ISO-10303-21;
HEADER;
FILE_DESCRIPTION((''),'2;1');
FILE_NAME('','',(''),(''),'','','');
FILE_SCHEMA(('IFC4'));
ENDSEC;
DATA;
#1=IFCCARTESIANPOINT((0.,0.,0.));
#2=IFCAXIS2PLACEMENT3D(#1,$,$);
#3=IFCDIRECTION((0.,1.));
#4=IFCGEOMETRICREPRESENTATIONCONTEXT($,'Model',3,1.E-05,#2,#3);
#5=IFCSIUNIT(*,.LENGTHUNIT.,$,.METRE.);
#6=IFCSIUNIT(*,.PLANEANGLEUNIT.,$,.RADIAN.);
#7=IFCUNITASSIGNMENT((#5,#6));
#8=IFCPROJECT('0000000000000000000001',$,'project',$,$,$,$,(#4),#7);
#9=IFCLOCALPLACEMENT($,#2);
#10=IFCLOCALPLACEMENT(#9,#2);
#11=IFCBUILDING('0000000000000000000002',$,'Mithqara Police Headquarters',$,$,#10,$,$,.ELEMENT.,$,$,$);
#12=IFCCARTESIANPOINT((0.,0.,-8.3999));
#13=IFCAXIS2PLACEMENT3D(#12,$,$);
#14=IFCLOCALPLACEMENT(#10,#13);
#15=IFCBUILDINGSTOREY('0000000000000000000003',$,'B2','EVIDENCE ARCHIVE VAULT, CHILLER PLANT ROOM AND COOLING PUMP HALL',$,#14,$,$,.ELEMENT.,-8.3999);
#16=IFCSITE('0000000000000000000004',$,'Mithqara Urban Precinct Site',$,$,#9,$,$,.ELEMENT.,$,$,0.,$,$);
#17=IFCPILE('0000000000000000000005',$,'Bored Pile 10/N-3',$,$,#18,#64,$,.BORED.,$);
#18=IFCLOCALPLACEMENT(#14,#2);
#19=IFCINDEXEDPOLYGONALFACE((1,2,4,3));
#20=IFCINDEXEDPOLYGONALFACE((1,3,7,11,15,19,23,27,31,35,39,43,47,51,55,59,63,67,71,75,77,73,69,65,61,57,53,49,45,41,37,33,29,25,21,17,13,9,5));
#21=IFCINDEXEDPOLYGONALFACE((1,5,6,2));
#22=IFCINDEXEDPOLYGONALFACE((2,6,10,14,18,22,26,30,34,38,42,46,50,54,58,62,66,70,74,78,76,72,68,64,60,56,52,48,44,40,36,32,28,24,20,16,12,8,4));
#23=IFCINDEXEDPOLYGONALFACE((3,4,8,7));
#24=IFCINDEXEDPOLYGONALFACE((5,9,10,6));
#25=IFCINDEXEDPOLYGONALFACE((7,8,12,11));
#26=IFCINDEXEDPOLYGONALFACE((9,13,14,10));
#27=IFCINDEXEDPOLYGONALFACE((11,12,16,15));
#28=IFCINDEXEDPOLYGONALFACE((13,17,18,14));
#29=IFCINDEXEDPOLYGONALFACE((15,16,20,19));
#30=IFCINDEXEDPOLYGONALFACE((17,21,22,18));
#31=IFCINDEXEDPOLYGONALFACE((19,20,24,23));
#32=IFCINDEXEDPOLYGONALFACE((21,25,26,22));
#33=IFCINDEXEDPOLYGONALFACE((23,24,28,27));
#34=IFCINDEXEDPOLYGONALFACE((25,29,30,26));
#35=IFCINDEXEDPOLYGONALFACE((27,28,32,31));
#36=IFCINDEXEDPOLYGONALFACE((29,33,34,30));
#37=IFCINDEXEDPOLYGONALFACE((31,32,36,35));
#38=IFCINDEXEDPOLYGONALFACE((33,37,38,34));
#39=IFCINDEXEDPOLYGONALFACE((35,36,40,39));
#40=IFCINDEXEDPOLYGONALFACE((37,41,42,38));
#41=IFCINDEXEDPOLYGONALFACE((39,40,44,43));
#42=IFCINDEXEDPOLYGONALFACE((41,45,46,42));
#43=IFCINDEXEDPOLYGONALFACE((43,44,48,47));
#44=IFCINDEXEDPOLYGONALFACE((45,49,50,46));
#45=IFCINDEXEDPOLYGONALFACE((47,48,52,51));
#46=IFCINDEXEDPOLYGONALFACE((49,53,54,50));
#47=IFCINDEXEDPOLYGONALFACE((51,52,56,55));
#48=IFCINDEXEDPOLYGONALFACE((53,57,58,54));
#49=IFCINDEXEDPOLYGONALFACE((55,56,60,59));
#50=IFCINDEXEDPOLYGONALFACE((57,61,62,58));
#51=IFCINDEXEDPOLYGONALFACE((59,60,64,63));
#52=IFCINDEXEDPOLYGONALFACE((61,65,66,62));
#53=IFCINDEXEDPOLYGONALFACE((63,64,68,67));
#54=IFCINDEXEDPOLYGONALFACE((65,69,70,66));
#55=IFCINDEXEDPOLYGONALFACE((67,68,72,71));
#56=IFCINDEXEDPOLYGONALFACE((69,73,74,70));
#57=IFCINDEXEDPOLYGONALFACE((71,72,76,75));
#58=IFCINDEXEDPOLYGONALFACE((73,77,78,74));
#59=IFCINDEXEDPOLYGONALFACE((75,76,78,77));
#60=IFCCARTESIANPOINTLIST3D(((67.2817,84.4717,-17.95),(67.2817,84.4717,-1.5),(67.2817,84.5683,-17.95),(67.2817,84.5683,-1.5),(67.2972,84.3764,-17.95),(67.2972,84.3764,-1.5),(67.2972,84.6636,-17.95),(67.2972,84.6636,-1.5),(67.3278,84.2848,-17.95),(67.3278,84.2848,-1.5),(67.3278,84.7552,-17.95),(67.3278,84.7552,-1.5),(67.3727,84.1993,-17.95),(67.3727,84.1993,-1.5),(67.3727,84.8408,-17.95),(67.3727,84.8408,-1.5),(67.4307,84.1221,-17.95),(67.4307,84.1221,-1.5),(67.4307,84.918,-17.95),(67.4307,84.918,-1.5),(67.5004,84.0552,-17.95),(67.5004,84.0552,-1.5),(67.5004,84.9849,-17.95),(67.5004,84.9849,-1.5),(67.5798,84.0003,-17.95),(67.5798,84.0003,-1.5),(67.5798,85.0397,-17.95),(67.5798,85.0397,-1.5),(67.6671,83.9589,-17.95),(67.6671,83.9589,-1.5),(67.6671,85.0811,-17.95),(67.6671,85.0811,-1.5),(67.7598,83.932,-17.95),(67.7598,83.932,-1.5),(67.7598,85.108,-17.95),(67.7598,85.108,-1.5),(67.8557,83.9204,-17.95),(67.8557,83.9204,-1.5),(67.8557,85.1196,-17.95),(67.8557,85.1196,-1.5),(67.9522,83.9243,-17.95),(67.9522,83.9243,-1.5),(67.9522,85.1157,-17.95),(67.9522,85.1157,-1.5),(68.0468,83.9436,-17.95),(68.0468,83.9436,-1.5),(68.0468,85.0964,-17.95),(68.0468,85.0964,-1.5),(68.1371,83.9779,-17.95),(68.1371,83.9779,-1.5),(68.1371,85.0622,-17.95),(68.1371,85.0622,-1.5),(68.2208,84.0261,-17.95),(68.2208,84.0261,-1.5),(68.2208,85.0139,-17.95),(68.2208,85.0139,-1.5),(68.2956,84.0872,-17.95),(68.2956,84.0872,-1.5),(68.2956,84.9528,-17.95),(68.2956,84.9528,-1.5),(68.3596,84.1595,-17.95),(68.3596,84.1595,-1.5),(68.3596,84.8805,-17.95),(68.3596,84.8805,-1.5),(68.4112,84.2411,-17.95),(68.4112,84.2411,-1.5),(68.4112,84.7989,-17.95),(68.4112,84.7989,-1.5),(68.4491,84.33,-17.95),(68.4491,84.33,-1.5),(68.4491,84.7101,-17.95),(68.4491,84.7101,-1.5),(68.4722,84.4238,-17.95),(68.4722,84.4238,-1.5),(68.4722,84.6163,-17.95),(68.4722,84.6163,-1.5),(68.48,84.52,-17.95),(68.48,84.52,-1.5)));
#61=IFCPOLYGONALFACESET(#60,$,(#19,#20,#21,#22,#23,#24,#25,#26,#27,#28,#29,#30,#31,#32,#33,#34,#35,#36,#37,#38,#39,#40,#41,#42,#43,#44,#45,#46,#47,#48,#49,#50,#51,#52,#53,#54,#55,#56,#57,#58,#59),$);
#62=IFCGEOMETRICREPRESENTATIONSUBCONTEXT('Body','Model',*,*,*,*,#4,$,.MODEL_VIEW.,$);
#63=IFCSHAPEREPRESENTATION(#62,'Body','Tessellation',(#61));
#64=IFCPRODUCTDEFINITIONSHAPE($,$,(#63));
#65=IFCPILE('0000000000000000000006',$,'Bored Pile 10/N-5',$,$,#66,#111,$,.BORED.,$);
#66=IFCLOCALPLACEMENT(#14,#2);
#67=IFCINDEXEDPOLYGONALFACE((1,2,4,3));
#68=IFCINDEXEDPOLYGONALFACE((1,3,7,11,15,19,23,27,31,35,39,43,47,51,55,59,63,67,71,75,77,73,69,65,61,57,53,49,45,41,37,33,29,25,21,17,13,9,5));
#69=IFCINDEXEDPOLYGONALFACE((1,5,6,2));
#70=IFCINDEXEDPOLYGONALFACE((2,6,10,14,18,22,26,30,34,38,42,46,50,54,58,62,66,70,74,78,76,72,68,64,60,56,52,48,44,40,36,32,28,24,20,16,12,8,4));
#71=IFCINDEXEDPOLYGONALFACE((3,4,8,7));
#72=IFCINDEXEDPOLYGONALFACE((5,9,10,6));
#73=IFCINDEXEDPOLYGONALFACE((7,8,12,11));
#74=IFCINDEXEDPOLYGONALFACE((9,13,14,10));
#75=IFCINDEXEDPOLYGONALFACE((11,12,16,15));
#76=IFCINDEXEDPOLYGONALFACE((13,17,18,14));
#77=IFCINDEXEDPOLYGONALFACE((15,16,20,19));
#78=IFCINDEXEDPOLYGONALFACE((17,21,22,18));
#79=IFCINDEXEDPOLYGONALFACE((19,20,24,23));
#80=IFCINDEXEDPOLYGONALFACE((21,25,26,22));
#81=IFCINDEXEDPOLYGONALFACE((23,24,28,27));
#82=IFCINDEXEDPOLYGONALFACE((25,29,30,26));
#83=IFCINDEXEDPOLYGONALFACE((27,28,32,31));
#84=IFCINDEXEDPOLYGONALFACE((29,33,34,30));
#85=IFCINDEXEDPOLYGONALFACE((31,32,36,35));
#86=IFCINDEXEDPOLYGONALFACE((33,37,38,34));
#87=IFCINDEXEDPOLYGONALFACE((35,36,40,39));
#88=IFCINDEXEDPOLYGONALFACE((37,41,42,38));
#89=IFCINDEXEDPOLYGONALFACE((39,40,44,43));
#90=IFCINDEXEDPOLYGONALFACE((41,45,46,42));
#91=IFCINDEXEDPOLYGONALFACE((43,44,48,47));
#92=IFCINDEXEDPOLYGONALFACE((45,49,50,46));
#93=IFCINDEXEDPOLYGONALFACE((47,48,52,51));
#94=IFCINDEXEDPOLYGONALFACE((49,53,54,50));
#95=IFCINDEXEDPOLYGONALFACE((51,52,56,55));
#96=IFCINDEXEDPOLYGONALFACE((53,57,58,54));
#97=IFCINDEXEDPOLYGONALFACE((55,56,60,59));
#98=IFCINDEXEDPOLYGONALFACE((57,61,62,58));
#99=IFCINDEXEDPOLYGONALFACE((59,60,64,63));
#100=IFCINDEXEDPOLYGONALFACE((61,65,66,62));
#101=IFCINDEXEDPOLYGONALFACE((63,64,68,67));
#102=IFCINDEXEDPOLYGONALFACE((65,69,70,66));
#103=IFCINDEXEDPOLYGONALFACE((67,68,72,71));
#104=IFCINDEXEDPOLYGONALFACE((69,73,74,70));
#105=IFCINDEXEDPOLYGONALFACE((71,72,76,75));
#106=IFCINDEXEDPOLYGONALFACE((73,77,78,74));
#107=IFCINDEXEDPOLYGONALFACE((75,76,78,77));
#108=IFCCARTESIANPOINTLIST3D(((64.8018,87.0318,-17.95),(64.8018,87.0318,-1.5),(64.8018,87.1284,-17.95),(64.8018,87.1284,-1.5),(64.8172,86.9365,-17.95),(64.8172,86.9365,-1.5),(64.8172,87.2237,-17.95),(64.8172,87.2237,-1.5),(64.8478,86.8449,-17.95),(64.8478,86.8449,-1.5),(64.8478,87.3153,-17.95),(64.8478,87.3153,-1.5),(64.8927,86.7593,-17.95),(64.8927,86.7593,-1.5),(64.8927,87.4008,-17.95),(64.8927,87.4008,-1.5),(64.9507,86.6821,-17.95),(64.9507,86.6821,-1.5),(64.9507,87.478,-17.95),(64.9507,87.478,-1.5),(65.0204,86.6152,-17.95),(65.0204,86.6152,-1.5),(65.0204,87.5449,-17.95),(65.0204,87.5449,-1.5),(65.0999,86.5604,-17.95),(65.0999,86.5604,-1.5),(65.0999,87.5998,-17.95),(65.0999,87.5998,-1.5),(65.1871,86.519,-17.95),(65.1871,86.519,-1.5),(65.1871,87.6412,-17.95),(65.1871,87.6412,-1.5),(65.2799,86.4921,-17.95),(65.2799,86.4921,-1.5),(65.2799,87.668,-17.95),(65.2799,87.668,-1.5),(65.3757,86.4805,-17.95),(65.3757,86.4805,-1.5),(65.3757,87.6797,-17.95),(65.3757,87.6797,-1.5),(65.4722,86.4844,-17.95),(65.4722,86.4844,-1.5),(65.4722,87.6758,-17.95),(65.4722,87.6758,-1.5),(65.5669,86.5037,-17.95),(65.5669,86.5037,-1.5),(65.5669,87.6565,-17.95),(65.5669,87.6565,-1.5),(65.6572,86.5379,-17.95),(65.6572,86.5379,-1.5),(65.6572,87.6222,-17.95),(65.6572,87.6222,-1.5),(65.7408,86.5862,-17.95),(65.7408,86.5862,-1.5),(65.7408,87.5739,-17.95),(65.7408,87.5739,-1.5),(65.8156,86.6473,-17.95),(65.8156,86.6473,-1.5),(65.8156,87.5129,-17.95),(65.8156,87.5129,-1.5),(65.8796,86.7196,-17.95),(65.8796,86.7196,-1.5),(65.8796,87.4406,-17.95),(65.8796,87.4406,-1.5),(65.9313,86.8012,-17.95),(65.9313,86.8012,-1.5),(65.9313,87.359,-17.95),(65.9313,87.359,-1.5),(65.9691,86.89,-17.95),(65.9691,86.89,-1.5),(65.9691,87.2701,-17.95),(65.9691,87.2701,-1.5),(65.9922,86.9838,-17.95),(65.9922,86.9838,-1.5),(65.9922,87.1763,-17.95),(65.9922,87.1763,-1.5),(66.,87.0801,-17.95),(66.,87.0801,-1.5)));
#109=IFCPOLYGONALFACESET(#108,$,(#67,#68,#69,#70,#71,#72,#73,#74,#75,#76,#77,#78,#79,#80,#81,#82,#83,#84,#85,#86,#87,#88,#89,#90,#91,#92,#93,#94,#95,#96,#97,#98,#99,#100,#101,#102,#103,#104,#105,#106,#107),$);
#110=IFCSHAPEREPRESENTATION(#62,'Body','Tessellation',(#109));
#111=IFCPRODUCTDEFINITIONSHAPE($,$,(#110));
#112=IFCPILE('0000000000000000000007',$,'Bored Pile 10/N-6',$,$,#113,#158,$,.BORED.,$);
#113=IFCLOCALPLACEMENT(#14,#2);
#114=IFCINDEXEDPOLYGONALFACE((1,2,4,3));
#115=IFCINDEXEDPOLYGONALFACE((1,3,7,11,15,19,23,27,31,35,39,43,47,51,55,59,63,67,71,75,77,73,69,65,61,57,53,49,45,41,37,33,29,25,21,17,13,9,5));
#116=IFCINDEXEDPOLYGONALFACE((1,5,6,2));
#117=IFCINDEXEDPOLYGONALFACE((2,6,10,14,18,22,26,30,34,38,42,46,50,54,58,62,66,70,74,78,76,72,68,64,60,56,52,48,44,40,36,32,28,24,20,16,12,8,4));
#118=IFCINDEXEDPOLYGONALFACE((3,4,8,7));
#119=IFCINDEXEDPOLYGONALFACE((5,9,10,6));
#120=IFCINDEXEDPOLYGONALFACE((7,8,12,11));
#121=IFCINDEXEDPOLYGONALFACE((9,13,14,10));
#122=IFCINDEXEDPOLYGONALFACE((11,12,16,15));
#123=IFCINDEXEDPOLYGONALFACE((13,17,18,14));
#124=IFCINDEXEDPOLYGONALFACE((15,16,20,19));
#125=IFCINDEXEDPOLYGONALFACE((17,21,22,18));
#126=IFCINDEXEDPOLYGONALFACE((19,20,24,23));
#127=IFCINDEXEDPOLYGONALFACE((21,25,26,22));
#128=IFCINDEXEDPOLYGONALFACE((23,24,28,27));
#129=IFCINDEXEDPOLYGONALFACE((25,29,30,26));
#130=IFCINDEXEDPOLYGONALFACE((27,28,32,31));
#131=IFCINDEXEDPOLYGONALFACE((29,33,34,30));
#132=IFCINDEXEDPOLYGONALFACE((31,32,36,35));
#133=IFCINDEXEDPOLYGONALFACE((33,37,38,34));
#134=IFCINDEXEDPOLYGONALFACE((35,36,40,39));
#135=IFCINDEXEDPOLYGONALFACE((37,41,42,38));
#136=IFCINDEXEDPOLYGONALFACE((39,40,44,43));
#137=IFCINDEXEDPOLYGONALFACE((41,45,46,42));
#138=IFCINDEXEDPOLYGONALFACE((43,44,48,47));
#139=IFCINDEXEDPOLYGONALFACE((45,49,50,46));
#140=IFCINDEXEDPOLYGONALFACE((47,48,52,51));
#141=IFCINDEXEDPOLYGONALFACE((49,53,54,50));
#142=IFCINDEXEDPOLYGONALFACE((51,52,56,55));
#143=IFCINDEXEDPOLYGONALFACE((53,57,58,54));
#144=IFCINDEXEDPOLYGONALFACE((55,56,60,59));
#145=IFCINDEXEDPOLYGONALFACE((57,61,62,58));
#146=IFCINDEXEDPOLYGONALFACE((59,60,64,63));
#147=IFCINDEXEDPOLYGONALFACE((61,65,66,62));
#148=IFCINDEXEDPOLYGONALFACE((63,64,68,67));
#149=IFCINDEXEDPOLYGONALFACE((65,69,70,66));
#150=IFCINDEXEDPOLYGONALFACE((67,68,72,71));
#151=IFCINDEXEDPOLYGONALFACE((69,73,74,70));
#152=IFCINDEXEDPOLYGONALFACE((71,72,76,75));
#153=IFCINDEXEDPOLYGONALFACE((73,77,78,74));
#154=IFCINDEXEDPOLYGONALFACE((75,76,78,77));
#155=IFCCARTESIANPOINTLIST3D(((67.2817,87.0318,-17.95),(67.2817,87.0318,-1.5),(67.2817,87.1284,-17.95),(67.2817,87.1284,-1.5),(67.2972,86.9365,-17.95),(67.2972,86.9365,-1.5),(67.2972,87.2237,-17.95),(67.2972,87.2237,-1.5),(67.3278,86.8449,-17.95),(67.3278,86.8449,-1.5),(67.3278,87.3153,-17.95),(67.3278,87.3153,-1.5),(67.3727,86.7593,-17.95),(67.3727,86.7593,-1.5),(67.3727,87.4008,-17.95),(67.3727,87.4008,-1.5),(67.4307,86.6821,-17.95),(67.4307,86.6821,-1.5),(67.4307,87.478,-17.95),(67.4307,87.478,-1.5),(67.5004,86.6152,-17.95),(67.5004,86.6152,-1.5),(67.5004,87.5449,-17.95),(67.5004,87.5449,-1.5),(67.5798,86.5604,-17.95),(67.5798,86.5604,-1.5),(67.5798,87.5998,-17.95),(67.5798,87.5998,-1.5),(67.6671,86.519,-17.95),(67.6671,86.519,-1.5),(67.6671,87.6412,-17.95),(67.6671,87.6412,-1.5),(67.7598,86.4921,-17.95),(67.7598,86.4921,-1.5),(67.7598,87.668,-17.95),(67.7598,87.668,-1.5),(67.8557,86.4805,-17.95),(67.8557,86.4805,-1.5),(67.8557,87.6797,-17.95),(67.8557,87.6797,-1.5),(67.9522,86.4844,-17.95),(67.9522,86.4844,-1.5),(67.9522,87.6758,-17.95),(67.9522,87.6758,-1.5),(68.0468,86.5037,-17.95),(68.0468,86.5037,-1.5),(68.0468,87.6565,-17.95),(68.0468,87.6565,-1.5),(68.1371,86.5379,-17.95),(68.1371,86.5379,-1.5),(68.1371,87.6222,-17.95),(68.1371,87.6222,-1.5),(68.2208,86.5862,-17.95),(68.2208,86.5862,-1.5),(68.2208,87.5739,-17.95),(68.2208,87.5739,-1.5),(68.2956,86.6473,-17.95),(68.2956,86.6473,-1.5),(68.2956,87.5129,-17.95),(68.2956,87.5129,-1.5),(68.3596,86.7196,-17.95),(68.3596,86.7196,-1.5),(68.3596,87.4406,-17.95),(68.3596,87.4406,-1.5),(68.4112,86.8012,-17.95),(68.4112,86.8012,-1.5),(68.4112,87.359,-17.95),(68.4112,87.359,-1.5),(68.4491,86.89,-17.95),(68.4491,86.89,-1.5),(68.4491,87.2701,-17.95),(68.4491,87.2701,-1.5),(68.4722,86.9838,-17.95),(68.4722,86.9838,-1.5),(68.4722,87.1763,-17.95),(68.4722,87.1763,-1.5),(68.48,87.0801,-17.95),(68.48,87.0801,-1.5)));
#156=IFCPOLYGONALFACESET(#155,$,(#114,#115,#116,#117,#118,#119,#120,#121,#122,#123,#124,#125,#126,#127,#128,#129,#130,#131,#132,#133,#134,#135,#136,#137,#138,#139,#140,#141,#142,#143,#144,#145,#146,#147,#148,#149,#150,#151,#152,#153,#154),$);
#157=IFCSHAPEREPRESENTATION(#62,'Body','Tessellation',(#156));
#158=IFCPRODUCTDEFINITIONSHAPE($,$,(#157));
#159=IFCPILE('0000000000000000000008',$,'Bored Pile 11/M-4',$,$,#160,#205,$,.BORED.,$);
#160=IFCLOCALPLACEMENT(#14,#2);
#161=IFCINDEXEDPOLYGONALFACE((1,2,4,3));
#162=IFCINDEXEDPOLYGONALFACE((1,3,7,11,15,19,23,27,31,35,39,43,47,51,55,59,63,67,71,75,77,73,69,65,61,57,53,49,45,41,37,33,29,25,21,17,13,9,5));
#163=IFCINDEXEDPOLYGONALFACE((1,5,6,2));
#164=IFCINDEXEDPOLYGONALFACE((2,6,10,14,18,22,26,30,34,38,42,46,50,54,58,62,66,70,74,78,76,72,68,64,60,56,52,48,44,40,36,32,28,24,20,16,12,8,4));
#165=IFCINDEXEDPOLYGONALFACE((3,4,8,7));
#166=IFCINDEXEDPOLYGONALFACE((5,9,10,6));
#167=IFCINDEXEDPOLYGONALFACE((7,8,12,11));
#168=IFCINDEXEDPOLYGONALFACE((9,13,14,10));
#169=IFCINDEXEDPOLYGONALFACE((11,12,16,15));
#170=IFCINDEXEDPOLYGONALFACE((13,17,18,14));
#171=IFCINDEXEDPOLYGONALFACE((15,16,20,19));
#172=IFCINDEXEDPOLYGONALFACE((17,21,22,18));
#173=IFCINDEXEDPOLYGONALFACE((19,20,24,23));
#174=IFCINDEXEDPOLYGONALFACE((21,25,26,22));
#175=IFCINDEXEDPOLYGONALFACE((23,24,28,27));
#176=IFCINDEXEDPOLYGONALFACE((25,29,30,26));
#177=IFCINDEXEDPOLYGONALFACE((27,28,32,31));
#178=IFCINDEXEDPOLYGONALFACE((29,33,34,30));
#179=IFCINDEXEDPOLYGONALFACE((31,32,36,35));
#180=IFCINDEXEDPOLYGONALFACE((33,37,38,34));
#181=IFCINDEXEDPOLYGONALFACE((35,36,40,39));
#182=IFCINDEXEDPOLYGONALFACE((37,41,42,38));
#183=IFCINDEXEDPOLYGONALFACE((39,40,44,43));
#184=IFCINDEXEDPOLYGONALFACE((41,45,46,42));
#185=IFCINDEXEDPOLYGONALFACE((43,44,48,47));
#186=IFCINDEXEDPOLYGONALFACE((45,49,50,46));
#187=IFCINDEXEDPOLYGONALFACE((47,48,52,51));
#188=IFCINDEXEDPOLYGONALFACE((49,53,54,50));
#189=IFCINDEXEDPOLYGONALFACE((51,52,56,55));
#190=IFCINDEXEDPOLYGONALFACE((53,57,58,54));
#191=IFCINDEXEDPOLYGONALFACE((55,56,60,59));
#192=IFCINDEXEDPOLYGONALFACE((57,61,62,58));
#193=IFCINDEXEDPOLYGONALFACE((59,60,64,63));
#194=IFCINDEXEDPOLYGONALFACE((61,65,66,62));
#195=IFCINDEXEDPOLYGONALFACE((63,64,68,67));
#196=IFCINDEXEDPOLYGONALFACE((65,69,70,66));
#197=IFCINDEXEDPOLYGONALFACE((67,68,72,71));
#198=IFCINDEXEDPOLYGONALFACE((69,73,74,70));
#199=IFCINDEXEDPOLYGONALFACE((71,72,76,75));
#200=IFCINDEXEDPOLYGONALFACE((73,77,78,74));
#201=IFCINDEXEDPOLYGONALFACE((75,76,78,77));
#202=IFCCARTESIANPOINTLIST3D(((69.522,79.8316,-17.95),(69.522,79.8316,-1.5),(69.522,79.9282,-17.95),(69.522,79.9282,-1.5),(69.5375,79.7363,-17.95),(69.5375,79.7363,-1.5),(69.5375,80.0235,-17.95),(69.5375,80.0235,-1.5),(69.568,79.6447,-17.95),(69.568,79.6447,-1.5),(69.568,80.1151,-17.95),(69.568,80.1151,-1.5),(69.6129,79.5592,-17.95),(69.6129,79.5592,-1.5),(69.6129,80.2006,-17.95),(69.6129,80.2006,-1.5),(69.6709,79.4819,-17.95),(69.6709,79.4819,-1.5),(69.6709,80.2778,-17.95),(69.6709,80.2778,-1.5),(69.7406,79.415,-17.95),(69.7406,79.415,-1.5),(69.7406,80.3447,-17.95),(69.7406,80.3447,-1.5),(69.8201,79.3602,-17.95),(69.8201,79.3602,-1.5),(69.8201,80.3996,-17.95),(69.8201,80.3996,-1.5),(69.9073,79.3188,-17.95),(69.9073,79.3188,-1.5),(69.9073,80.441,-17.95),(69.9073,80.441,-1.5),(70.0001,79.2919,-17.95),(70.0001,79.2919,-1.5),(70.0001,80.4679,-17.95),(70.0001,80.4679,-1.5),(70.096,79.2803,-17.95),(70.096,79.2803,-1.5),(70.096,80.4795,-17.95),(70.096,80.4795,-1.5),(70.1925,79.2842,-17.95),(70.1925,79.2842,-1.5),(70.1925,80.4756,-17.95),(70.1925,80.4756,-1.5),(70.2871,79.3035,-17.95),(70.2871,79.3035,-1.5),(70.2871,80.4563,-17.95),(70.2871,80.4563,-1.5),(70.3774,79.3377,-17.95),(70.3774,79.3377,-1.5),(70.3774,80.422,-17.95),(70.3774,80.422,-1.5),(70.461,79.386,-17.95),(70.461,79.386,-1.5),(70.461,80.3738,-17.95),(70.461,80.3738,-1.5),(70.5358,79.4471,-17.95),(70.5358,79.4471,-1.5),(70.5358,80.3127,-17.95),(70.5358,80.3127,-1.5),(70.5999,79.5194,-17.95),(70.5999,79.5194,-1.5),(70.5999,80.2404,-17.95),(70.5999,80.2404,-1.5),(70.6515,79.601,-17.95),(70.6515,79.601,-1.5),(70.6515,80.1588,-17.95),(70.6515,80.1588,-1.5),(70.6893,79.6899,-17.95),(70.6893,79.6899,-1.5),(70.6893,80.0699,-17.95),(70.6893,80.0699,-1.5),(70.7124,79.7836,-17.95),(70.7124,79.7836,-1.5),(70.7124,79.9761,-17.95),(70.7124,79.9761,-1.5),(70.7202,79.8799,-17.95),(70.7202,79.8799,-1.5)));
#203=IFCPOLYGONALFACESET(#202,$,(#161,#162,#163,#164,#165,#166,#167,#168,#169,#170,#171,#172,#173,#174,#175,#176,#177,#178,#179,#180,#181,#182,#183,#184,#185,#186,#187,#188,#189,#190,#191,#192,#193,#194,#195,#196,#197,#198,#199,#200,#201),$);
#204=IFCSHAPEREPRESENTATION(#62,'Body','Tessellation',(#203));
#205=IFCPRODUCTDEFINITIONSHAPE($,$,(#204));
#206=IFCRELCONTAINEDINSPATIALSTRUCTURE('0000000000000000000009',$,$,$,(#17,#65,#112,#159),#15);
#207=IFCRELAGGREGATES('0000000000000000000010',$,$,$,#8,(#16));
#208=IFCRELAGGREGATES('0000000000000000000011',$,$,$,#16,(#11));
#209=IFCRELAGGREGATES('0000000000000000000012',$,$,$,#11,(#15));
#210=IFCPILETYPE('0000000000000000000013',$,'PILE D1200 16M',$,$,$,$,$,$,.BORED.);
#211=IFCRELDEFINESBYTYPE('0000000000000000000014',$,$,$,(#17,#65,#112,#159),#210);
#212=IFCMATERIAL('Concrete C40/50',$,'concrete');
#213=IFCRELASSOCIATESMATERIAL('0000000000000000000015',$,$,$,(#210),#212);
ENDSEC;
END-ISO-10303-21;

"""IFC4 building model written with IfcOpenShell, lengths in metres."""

from ifc_helpers import new_model, si_unit, direction, frame, origin, origin_2d, place, context, subcontext, project, spatial, circle, extrude, material, material_profile, profile_set, type_object, element, save


model = new_model("IFC4")

# Units and contexts
model_context = context("Model", 3, precision=1e-05, world=origin(), true_north=direction((0.0, 1.0)))
body_context = subcontext(model_context, "Body", "Model", "MODEL_VIEW")
ifc_project = project(units=[si_unit("LENGTHUNIT", "METRE"), si_unit("PLANEANGLEUNIT", "RADIAN")], contexts=[model_context])

# Site, building, storey
site_placement = place(None, origin())
site = spatial("IfcSite", under=ifc_project, at=site_placement, Name="Mithqara Urban Precinct Site", CompositionType="ELEMENT", RefElevation=0.0)
building_placement = place(site_placement, origin())
building = spatial("IfcBuilding", under=site, at=building_placement, Name="Mithqara Police Headquarters", CompositionType="ELEMENT")
storey_placement = place(building_placement, frame((0.0, 0.0, -8.3999)))
storey = spatial("IfcBuildingStorey", under=building, at=storey_placement, Name="B2", Description="EVIDENCE ARCHIVE VAULT, CHILLER PLANT ROOM AND COOLING PUMP HALL", CompositionType="ELEMENT", Elevation=-8.3999)

# Shared definitions
ifc_material_1 = material(Name="Concrete C40/50", Category="concrete")

# Piles
ifc_material_profile_1 = material_profile(ifc_material_1, circle(Radius=0.6001, at=origin_2d()), Name="PILE D1200")
ifc_profile_set_1 = profile_set([ifc_material_profile_1], Name="Concrete C40/50")
pile_type = type_object("IfcPileType", Name="PILE D1200 16M", PredefinedType="BORED", material=ifc_profile_set_1)
for number, where, z_axis, x_axis, name in (
    (1, (67.8799, 84.52, -1.5), (0.0, 0.0, -1.0), (1.0, 0.0, 0.0), "Bored Pile 10/N-3"),
    (2, (65.3999, 87.0801, -1.5), (0.0, 0.0, -1.0), (1.0, 0.0, 0.0), "Bored Pile 10/N-5"),
    (3, (67.8799, 87.0801, -1.5), (0.0, 0.0, -1.0), (1.0, 0.0, 0.0), "Bored Pile 10/N-6"),
    (4, (70.1201, 79.8799, -1.5), (0.0, 0.0, -1.0), (1.0, 0.0, 0.0), "Bored Pile 11/M-4"),
):
    element("IfcPile", number, at=place(storey_placement, frame(where, z_axis=z_axis, x_axis=x_axis)), inside=storey, type_object=pile_type, Name=name, PredefinedType="BORED", context=body_context, shape_type="SweptSolid", body=[
        extrude(circle(Radius=0.6001, at=origin_2d()), origin(), (0.0, 0.0, 1.0), 16.45),
    ])

save(model, "model.ifc")
